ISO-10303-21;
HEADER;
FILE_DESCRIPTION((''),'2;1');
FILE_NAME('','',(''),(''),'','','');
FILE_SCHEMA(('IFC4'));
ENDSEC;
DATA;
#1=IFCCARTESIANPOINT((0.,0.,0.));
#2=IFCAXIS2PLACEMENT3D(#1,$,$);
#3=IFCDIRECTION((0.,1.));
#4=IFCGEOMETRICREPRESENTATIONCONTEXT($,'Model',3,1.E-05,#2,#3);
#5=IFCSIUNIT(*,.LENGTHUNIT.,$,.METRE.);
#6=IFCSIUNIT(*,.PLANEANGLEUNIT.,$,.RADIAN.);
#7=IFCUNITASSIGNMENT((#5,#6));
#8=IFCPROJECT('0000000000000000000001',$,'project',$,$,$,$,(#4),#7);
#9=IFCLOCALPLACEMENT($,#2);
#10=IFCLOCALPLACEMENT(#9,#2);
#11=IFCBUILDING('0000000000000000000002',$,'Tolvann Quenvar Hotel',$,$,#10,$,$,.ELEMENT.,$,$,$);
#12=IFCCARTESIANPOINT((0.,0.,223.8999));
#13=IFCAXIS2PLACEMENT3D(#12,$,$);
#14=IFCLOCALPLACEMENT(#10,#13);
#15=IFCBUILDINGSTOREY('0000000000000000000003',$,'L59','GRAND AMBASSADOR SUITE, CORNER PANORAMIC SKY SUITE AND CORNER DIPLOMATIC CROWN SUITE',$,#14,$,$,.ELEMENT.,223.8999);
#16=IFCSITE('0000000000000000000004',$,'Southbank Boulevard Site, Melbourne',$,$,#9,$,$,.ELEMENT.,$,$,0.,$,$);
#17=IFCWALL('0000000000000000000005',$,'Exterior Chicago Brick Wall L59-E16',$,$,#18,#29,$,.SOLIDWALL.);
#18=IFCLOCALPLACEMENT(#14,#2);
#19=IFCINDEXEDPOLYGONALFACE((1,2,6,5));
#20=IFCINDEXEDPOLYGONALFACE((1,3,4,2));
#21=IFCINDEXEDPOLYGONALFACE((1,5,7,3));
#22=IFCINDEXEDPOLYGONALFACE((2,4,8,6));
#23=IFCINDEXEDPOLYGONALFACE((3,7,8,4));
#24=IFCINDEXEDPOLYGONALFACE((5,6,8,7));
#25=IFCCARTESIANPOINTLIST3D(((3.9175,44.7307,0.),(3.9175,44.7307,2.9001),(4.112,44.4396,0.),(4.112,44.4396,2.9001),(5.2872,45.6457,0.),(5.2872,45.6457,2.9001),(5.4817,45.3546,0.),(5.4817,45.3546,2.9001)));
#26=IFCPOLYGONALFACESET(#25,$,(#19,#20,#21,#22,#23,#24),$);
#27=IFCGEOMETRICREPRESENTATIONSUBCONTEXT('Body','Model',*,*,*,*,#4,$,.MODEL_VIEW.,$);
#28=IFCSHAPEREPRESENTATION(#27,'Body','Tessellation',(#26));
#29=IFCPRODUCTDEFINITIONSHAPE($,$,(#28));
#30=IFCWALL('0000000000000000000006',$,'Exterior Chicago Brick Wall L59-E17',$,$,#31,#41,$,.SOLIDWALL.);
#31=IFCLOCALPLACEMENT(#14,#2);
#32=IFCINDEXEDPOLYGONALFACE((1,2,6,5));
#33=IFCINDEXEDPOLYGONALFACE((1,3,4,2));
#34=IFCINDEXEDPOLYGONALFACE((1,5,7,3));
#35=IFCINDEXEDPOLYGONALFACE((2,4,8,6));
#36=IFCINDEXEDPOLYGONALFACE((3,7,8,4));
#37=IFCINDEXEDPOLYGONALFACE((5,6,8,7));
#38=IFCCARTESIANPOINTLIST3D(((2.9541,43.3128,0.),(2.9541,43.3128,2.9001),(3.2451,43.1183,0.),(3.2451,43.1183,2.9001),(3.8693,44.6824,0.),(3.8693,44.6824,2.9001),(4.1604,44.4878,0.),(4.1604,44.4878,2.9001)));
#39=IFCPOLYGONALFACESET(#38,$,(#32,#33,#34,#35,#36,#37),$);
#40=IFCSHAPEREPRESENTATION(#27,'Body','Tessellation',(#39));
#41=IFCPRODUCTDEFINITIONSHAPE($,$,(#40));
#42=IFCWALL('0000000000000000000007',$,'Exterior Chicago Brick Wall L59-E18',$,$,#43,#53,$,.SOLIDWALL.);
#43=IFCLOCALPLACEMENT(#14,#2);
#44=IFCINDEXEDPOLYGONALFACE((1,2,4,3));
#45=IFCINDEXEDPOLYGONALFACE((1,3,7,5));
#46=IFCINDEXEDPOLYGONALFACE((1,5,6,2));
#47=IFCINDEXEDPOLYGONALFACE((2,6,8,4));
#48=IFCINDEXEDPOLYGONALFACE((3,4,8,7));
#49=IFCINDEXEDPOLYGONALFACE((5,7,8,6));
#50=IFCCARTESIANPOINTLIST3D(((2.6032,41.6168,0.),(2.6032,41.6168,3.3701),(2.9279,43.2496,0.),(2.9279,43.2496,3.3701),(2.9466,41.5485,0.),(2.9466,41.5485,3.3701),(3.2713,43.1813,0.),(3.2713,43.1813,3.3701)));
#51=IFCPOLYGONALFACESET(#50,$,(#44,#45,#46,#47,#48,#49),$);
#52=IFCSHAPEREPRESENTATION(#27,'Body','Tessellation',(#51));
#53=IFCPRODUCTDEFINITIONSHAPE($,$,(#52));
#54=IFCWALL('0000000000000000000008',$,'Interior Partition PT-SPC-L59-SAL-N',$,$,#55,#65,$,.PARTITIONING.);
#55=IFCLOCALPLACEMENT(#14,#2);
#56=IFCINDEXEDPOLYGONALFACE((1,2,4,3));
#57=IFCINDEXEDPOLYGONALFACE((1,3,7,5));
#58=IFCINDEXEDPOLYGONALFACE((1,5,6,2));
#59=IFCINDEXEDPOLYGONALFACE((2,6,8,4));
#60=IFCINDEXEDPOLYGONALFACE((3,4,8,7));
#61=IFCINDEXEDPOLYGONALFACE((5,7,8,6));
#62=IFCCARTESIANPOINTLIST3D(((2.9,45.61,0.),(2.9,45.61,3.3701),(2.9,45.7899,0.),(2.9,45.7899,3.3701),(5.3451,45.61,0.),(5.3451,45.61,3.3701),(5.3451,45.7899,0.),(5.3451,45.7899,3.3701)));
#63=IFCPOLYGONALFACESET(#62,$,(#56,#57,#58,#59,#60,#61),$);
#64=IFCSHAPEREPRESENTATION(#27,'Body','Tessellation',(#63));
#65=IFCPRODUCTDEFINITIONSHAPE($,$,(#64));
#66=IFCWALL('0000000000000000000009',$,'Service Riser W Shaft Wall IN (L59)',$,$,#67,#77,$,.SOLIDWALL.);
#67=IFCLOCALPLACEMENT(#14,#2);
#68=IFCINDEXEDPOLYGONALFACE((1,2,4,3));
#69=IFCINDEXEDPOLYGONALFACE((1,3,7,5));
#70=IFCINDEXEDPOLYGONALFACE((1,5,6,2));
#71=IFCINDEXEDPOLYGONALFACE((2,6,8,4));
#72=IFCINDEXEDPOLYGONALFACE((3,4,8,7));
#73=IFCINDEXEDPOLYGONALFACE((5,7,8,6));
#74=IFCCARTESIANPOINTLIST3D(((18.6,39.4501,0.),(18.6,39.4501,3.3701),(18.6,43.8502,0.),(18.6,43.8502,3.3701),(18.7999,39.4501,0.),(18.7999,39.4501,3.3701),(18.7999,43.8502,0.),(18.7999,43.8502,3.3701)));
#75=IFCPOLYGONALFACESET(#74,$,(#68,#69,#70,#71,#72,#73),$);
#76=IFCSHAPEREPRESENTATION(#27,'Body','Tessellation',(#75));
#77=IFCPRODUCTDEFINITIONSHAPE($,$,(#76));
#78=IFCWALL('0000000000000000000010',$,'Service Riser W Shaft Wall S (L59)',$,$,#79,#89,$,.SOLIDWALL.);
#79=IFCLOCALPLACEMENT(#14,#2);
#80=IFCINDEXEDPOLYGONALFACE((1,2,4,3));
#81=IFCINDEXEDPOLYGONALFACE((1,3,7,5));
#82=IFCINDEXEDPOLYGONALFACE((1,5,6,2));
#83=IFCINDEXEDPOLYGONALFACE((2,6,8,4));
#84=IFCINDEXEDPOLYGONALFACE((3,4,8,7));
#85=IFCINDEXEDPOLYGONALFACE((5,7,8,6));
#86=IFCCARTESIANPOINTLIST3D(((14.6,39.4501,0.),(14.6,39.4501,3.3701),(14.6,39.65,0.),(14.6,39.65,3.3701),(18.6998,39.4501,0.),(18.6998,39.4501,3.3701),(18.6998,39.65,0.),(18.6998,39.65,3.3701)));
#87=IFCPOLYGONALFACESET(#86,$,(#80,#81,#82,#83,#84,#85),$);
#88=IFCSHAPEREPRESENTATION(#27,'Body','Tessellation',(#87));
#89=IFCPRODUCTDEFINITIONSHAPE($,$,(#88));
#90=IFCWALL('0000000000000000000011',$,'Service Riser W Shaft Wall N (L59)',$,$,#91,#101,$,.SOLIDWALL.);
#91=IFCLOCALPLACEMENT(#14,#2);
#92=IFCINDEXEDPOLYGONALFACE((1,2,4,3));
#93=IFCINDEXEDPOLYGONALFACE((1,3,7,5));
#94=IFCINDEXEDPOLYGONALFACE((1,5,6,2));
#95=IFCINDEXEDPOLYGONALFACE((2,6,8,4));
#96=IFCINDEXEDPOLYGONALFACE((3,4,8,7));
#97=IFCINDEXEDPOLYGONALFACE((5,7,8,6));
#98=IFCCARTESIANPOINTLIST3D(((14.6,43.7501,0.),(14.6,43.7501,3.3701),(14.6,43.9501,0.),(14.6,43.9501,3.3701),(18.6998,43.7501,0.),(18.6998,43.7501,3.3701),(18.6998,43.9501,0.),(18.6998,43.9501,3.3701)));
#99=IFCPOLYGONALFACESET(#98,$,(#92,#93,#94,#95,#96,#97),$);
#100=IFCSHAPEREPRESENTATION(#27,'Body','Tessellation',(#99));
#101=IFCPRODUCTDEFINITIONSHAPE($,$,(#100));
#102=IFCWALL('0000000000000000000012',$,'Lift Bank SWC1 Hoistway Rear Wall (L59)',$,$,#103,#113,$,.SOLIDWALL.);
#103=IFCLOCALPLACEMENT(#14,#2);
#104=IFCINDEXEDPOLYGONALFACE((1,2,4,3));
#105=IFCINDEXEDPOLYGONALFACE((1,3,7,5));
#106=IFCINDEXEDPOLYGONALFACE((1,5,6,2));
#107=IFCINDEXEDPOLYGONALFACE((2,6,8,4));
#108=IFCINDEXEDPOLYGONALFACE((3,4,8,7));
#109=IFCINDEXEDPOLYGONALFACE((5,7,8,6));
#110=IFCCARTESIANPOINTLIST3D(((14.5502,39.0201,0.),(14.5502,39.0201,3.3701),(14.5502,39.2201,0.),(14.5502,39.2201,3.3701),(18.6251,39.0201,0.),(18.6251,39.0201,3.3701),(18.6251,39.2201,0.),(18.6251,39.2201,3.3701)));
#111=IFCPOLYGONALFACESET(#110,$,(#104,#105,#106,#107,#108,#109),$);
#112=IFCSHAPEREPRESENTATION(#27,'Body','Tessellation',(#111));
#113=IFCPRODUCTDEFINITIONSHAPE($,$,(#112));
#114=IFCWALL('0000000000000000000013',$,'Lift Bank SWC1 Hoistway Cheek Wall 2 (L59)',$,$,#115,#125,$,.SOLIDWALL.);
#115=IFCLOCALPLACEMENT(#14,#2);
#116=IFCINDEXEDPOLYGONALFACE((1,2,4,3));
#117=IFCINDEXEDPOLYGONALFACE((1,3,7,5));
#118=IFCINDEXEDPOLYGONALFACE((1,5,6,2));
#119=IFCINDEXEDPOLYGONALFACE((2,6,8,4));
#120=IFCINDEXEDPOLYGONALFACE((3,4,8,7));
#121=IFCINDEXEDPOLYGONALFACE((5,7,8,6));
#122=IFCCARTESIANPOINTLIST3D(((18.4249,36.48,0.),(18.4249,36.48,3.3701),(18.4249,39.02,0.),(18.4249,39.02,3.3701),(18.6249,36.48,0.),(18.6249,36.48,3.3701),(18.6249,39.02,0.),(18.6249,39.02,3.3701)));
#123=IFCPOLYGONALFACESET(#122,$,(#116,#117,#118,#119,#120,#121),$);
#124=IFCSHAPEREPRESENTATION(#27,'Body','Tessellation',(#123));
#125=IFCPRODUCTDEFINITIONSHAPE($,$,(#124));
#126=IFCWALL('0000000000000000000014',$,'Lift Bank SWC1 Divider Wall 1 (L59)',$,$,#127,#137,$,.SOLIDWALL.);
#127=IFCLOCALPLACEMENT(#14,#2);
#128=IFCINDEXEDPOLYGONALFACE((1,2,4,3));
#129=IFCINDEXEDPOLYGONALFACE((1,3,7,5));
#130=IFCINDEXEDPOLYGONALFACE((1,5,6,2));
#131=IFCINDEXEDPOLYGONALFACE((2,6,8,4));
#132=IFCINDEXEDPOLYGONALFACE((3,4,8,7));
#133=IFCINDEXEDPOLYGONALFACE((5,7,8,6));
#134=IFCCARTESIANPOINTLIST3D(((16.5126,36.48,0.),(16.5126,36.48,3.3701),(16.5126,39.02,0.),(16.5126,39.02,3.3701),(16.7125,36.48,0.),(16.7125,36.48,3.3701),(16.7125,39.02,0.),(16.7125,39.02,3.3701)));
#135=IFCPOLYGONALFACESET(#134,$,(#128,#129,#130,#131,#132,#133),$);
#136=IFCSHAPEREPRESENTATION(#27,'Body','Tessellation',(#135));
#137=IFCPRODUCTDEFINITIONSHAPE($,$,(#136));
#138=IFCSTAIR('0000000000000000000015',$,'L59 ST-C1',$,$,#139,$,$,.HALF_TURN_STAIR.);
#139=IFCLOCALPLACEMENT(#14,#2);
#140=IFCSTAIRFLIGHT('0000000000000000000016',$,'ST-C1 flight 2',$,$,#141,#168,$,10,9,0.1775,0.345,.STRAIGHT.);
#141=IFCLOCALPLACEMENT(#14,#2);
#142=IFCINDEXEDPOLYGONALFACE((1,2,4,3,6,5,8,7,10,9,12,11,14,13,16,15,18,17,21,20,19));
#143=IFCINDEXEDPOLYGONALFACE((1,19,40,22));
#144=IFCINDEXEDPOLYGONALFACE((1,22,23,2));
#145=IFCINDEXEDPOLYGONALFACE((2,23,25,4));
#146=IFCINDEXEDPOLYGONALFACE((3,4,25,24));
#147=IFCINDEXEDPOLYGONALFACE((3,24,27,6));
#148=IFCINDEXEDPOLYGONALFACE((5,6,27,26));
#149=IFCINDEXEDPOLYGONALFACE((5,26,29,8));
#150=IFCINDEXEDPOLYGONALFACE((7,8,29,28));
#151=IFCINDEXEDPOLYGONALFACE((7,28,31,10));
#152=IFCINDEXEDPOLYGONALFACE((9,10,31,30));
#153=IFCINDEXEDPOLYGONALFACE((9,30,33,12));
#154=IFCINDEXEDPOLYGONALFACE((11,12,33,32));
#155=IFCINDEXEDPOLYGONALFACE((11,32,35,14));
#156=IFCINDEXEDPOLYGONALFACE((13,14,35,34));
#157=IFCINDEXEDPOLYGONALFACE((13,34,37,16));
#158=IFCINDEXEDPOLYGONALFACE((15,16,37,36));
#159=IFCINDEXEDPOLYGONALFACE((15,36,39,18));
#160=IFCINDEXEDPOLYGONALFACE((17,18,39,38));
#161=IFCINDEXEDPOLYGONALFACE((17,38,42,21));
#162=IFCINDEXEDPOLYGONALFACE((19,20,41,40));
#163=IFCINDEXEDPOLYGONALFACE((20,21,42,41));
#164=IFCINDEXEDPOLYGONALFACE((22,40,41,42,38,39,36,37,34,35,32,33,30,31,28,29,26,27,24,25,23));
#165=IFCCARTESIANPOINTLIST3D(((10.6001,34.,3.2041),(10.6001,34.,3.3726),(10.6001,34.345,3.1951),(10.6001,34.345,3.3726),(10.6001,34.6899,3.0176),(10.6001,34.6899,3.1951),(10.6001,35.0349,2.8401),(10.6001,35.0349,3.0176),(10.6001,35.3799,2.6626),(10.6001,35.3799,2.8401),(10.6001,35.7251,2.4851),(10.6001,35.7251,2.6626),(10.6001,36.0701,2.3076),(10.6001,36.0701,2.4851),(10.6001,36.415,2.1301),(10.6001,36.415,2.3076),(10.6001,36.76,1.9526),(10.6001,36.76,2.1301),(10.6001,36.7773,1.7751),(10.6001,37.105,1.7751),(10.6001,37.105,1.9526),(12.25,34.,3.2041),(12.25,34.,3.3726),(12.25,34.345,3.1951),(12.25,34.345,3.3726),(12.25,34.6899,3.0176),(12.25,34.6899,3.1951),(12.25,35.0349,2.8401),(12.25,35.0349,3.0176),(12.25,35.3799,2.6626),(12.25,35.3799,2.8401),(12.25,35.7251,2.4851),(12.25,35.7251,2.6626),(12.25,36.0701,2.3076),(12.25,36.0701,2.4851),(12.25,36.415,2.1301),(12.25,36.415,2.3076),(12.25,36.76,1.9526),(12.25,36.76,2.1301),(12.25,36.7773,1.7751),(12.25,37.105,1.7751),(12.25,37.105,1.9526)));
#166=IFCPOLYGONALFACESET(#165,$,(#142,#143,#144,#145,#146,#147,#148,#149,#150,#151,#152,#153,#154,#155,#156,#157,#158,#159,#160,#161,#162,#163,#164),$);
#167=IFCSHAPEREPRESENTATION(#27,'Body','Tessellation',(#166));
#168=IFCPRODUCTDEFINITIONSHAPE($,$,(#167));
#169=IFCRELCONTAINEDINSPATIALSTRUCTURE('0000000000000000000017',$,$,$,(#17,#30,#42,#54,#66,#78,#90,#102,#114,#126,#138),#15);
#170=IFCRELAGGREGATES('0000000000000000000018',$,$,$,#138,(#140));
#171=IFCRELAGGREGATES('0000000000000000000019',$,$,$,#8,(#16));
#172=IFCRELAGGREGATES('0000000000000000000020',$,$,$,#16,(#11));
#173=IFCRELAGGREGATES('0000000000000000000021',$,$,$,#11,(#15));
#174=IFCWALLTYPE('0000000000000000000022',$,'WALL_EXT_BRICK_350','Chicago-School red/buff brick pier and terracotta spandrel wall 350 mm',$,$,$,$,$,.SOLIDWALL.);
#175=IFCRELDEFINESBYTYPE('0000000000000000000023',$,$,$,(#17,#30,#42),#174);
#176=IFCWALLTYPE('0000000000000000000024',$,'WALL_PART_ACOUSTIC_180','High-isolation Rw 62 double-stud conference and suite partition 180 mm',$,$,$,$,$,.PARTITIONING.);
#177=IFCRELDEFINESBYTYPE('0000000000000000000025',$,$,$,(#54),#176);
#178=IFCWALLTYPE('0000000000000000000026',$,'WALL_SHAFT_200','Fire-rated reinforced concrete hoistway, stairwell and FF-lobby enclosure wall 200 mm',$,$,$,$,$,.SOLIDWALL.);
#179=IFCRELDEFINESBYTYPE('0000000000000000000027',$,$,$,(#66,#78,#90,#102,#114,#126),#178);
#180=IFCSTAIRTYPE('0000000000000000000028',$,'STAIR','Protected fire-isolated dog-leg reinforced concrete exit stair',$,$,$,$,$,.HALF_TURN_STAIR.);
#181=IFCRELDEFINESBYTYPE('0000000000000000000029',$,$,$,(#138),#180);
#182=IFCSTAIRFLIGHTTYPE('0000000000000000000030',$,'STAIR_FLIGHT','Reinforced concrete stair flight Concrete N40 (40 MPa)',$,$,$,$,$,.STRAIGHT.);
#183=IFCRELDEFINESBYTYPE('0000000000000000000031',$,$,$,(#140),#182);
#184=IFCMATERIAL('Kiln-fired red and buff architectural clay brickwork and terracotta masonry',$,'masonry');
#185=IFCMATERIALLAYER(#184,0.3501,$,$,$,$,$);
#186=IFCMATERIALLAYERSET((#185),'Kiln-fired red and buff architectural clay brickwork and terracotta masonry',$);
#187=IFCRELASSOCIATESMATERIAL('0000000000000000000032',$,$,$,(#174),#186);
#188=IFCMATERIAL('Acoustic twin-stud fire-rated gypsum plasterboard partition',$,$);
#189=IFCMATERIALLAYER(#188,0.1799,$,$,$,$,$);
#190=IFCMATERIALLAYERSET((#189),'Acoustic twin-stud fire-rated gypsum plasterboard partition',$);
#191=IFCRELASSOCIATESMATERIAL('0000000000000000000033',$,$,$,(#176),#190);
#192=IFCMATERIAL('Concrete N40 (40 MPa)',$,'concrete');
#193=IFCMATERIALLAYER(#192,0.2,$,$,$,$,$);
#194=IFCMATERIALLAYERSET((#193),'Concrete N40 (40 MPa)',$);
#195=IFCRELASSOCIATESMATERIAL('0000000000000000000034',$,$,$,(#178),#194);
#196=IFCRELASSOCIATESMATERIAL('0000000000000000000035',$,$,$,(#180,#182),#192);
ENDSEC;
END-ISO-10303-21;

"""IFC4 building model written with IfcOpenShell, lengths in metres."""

from ifc_helpers import new_model, si_unit, direction, frame, frame_2d, origin, place, context, subcontext, project, spatial, polyline, rectangle, outline, extrude, material, layer, layer_set, type_object, element, aggregate, save


model = new_model("IFC4")

# Units and contexts
model_context = context("Model", 3, precision=1e-05, world=origin(), true_north=direction((0.0, 1.0)))
body_context = subcontext(model_context, "Body", "Model", "MODEL_VIEW")
ifc_project = project(units=[si_unit("LENGTHUNIT", "METRE"), si_unit("PLANEANGLEUNIT", "RADIAN")], contexts=[model_context])

# Site, building, storey
site_placement = place(None, origin())
site = spatial("IfcSite", under=ifc_project, at=site_placement, Name="Southbank Boulevard Site, Melbourne", CompositionType="ELEMENT", RefElevation=0.0)
building_placement = place(site_placement, origin())
building = spatial("IfcBuilding", under=site, at=building_placement, Name="Tolvann Quenvar Hotel", CompositionType="ELEMENT")
storey_placement = place(building_placement, frame((0.0, 0.0, 223.8999)))
storey = spatial("IfcBuildingStorey", under=building, at=storey_placement, Name="L59", Description="GRAND AMBASSADOR SUITE, CORNER PANORAMIC SKY SUITE AND CORNER DIPLOMATIC CROWN SUITE", CompositionType="ELEMENT", Elevation=223.8999)

# Walls
ifc_material_1 = material(Name="Kiln-fired red and buff architectural clay brickwork and terracotta masonry", Category="masonry")
ifc_layer_1 = layer(ifc_material_1, 0.3501)
ifc_layer_set_1 = layer_set([ifc_layer_1], Name="Kiln-fired red and buff architectural clay brickwork and terracotta masonry")
wall_type_1 = type_object("IfcWallType", Name="WALL_EXT_BRICK_350", Description="Chicago-School red/buff brick pier and terracotta spandrel wall 350 mm", PredefinedType="SOLIDWALL", material=ifc_layer_set_1)
for number, where, z_axis, x_axis, name in (
    (1, (5.3845, 45.5002, 0.0), (0.0, 0.0, 1.0), (-0.831503, -0.555521, 0.0), "Exterior Chicago Brick Wall L59-E16"),
    (2, (4.0149, 44.5852, 0.0), (0.0, 0.0, 1.0), (-0.555623, -0.831434, 0.0), "Exterior Chicago Brick Wall L59-E17"),
):
    element("IfcWall", number, at=place(storey_placement, frame(where, z_axis=z_axis, x_axis=x_axis)), inside=storey, type_object=wall_type_1, Name=name, PredefinedType="SOLIDWALL", context=body_context, shape_type="SweptSolid", body=[
        extrude(rectangle(XDim=1.6472, YDim=0.3501, at=frame_2d((0.8237, 0.0))), origin(), (0.0, 0.0, 1.0), 2.9001),
    ])
wall_1_placement = place(storey_placement, frame((3.0996, 43.2156, 0.0), z_axis=(0.0, 0.0, 1.0), x_axis=(-0.195044, -0.980794, 0.0)))
element("IfcWall", 3, at=wall_1_placement, inside=storey, type_object=wall_type_1, Name="Exterior Chicago Brick Wall L59-E18", PredefinedType="SOLIDWALL", context=body_context, shape_type="SweptSolid", body=[
    extrude(rectangle(XDim=1.6648, YDim=0.3501, at=frame_2d((0.8325, 0.0))), origin(), (0.0, 0.0, 1.0), 3.3701),
])
ifc_material_2 = material(Name="Acoustic twin-stud fire-rated gypsum plasterboard partition")
ifc_layer_2 = layer(ifc_material_2, 0.1799)
ifc_layer_set_2 = layer_set([ifc_layer_2], Name="Acoustic twin-stud fire-rated gypsum plasterboard partition")
wall_type_2 = type_object("IfcWallType", Name="WALL_PART_ACOUSTIC_180", Description="High-isolation Rw 62 double-stud conference and suite partition 180 mm", PredefinedType="PARTITIONING", material=ifc_layer_set_2)
wall_2_placement = place(storey_placement, frame((2.8999, 45.7, 0.0), z_axis=(0.0, 0.0, 1.0), x_axis=(1.0, 0.0, 0.0)))
element("IfcWall", 4, at=wall_2_placement, inside=storey, type_object=wall_type_2, Name="Interior Partition PT-SPC-L59-SAL-N", PredefinedType="PARTITIONING", context=body_context, shape_type="SweptSolid", body=[
    extrude(rectangle(XDim=2.4451, YDim=0.1799, at=frame_2d((1.2227, 0.0))), origin(), (0.0, 0.0, 1.0), 3.3701),
])
ifc_material_3 = material(Name="Concrete N40 (40 MPa)", Category="concrete")
ifc_layer_3 = layer(ifc_material_3, 0.2)
ifc_layer_set_3 = layer_set([ifc_layer_3], Name="Concrete N40 (40 MPa)")
wall_type_3 = type_object("IfcWallType", Name="WALL_SHAFT_200", Description="Fire-rated reinforced concrete hoistway, stairwell and FF-lobby enclosure wall 200 mm", PredefinedType="SOLIDWALL", material=ifc_layer_set_3)
wall_3_placement = place(storey_placement, frame((18.7, 39.45, 0.0), z_axis=(0.0, 0.0, 1.0), x_axis=(0.0, 1.0, 0.0)))
element("IfcWall", 5, at=wall_3_placement, inside=storey, type_object=wall_type_3, Name="Service Riser W Shaft Wall IN (L59)", PredefinedType="SOLIDWALL", context=body_context, shape_type="SweptSolid", body=[
    extrude(rectangle(XDim=4.4001, YDim=0.2, at=frame_2d((2.2002, 0.0))), origin(), (0.0, 0.0, 1.0), 3.3701),
])
for number, where, z_axis, x_axis, name in (
    (6, (14.6001, 39.55, 0.0), (0.0, 0.0, 1.0), (1.0, 0.0, 0.0), "Service Riser W Shaft Wall S (L59)"),
    (7, (14.6001, 43.8501, 0.0), (0.0, 0.0, 1.0), (1.0, 0.0, 0.0), "Service Riser W Shaft Wall N (L59)"),
):
    element("IfcWall", number, at=place(storey_placement, frame(where, z_axis=z_axis, x_axis=x_axis)), inside=storey, type_object=wall_type_3, Name=name, PredefinedType="SOLIDWALL", context=body_context, shape_type="SweptSolid", body=[
        extrude(rectangle(XDim=4.0999, YDim=0.2, at=frame_2d((2.0498, 0.0))), origin(), (0.0, 0.0, 1.0), 3.3701),
    ])

# Walls
wall_4_placement = place(storey_placement, frame((14.55, 39.1201, 0.0), z_axis=(0.0, 0.0, 1.0), x_axis=(1.0, 0.0, 0.0)))
element("IfcWall", 8, at=wall_4_placement, inside=storey, type_object=wall_type_3, Name="Lift Bank SWC1 Hoistway Rear Wall (L59)", PredefinedType="SOLIDWALL", context=body_context, shape_type="SweptSolid", body=[
    extrude(rectangle(XDim=4.075, YDim=0.2, at=frame_2d((2.0376, 0.0))), origin(), (0.0, 0.0, 1.0), 3.3701),
])
for number, where, z_axis, x_axis, name in (
    (9, (18.5249, 36.48, 0.0), (0.0, 0.0, 1.0), (0.0, 1.0, 0.0), "Lift Bank SWC1 Hoistway Cheek Wall 2 (L59)"),
    (10, (16.6125, 36.48, 0.0), (0.0, 0.0, 1.0), (0.0, 1.0, 0.0), "Lift Bank SWC1 Divider Wall 1 (L59)"),
):
    element("IfcWall", number, at=place(storey_placement, frame(where, z_axis=z_axis, x_axis=x_axis)), inside=storey, type_object=wall_type_3, Name=name, PredefinedType="SOLIDWALL", context=body_context, shape_type="SweptSolid", body=[
        extrude(rectangle(XDim=2.54, YDim=0.2, at=frame_2d((1.27, 0.0))), origin(), (0.0, 0.0, 1.0), 3.3701),
    ])

# Stair, stair flight
stair_type = type_object("IfcStairType", Name="STAIR", Description="Protected fire-isolated dog-leg reinforced concrete exit stair", PredefinedType="HALF_TURN_STAIR", material=ifc_material_3)
stair_placement = place(storey_placement, origin())
stair = element("IfcStair", 11, at=stair_placement, inside=storey, type_object=stair_type, Name="L59 ST-C1", PredefinedType="HALF_TURN_STAIR")
stair_flight_type = type_object("IfcStairFlightType", Name="STAIR_FLIGHT", Description="Reinforced concrete stair flight Concrete N40 (40 MPa)", PredefinedType="STRAIGHT", material=ifc_material_3)
stair_flight_placement = place(storey_placement, frame((11.425, 37.105, 1.7751), z_axis=(0.0, 0.0, 1.0), x_axis=(0.0, -1.0, 0.0)))
stair_flight = element("IfcStairFlight", 12, at=stair_flight_placement, type_object=stair_flight_type, Name="ST-C1 flight 2", NumberOfRisers=10, NumberOfTreads=9, PredefinedType="STRAIGHT", RiserHeight=0.1775, TreadLength=0.345, context=body_context, shape_type="SweptSolid", body=[
    extrude(outline(polyline([(0.0, 0.0), (0.0, 0.1775), (0.345, 0.1775), (0.345, 0.355), (0.6899, 0.355), (0.6899, 0.5325), (1.0349, 0.5325), (1.0349, 0.71), (1.3799, 0.71), (1.3799, 0.8875), (1.7251, 0.8875), (1.7251, 1.0649), (2.0701, 1.0649), (2.0701, 1.2424), (2.415, 1.2424), (2.415, 1.4199), (2.76, 1.4199), (2.76, 1.5974), (3.105, 1.5974), (3.105, 1.7749), (3.105, 1.429), (0.3276, 0.0), (0.0, 0.0)])), frame((0.0, 0.825, 0.0), z_axis=(0.0, -1.0, 0.0), x_axis=(1.0, 0.0, 0.0)), (0.0, 0.0, 1.0), 1.6499),
])
aggregate(stair, [stair_flight])

save(model, "model.ifc")
